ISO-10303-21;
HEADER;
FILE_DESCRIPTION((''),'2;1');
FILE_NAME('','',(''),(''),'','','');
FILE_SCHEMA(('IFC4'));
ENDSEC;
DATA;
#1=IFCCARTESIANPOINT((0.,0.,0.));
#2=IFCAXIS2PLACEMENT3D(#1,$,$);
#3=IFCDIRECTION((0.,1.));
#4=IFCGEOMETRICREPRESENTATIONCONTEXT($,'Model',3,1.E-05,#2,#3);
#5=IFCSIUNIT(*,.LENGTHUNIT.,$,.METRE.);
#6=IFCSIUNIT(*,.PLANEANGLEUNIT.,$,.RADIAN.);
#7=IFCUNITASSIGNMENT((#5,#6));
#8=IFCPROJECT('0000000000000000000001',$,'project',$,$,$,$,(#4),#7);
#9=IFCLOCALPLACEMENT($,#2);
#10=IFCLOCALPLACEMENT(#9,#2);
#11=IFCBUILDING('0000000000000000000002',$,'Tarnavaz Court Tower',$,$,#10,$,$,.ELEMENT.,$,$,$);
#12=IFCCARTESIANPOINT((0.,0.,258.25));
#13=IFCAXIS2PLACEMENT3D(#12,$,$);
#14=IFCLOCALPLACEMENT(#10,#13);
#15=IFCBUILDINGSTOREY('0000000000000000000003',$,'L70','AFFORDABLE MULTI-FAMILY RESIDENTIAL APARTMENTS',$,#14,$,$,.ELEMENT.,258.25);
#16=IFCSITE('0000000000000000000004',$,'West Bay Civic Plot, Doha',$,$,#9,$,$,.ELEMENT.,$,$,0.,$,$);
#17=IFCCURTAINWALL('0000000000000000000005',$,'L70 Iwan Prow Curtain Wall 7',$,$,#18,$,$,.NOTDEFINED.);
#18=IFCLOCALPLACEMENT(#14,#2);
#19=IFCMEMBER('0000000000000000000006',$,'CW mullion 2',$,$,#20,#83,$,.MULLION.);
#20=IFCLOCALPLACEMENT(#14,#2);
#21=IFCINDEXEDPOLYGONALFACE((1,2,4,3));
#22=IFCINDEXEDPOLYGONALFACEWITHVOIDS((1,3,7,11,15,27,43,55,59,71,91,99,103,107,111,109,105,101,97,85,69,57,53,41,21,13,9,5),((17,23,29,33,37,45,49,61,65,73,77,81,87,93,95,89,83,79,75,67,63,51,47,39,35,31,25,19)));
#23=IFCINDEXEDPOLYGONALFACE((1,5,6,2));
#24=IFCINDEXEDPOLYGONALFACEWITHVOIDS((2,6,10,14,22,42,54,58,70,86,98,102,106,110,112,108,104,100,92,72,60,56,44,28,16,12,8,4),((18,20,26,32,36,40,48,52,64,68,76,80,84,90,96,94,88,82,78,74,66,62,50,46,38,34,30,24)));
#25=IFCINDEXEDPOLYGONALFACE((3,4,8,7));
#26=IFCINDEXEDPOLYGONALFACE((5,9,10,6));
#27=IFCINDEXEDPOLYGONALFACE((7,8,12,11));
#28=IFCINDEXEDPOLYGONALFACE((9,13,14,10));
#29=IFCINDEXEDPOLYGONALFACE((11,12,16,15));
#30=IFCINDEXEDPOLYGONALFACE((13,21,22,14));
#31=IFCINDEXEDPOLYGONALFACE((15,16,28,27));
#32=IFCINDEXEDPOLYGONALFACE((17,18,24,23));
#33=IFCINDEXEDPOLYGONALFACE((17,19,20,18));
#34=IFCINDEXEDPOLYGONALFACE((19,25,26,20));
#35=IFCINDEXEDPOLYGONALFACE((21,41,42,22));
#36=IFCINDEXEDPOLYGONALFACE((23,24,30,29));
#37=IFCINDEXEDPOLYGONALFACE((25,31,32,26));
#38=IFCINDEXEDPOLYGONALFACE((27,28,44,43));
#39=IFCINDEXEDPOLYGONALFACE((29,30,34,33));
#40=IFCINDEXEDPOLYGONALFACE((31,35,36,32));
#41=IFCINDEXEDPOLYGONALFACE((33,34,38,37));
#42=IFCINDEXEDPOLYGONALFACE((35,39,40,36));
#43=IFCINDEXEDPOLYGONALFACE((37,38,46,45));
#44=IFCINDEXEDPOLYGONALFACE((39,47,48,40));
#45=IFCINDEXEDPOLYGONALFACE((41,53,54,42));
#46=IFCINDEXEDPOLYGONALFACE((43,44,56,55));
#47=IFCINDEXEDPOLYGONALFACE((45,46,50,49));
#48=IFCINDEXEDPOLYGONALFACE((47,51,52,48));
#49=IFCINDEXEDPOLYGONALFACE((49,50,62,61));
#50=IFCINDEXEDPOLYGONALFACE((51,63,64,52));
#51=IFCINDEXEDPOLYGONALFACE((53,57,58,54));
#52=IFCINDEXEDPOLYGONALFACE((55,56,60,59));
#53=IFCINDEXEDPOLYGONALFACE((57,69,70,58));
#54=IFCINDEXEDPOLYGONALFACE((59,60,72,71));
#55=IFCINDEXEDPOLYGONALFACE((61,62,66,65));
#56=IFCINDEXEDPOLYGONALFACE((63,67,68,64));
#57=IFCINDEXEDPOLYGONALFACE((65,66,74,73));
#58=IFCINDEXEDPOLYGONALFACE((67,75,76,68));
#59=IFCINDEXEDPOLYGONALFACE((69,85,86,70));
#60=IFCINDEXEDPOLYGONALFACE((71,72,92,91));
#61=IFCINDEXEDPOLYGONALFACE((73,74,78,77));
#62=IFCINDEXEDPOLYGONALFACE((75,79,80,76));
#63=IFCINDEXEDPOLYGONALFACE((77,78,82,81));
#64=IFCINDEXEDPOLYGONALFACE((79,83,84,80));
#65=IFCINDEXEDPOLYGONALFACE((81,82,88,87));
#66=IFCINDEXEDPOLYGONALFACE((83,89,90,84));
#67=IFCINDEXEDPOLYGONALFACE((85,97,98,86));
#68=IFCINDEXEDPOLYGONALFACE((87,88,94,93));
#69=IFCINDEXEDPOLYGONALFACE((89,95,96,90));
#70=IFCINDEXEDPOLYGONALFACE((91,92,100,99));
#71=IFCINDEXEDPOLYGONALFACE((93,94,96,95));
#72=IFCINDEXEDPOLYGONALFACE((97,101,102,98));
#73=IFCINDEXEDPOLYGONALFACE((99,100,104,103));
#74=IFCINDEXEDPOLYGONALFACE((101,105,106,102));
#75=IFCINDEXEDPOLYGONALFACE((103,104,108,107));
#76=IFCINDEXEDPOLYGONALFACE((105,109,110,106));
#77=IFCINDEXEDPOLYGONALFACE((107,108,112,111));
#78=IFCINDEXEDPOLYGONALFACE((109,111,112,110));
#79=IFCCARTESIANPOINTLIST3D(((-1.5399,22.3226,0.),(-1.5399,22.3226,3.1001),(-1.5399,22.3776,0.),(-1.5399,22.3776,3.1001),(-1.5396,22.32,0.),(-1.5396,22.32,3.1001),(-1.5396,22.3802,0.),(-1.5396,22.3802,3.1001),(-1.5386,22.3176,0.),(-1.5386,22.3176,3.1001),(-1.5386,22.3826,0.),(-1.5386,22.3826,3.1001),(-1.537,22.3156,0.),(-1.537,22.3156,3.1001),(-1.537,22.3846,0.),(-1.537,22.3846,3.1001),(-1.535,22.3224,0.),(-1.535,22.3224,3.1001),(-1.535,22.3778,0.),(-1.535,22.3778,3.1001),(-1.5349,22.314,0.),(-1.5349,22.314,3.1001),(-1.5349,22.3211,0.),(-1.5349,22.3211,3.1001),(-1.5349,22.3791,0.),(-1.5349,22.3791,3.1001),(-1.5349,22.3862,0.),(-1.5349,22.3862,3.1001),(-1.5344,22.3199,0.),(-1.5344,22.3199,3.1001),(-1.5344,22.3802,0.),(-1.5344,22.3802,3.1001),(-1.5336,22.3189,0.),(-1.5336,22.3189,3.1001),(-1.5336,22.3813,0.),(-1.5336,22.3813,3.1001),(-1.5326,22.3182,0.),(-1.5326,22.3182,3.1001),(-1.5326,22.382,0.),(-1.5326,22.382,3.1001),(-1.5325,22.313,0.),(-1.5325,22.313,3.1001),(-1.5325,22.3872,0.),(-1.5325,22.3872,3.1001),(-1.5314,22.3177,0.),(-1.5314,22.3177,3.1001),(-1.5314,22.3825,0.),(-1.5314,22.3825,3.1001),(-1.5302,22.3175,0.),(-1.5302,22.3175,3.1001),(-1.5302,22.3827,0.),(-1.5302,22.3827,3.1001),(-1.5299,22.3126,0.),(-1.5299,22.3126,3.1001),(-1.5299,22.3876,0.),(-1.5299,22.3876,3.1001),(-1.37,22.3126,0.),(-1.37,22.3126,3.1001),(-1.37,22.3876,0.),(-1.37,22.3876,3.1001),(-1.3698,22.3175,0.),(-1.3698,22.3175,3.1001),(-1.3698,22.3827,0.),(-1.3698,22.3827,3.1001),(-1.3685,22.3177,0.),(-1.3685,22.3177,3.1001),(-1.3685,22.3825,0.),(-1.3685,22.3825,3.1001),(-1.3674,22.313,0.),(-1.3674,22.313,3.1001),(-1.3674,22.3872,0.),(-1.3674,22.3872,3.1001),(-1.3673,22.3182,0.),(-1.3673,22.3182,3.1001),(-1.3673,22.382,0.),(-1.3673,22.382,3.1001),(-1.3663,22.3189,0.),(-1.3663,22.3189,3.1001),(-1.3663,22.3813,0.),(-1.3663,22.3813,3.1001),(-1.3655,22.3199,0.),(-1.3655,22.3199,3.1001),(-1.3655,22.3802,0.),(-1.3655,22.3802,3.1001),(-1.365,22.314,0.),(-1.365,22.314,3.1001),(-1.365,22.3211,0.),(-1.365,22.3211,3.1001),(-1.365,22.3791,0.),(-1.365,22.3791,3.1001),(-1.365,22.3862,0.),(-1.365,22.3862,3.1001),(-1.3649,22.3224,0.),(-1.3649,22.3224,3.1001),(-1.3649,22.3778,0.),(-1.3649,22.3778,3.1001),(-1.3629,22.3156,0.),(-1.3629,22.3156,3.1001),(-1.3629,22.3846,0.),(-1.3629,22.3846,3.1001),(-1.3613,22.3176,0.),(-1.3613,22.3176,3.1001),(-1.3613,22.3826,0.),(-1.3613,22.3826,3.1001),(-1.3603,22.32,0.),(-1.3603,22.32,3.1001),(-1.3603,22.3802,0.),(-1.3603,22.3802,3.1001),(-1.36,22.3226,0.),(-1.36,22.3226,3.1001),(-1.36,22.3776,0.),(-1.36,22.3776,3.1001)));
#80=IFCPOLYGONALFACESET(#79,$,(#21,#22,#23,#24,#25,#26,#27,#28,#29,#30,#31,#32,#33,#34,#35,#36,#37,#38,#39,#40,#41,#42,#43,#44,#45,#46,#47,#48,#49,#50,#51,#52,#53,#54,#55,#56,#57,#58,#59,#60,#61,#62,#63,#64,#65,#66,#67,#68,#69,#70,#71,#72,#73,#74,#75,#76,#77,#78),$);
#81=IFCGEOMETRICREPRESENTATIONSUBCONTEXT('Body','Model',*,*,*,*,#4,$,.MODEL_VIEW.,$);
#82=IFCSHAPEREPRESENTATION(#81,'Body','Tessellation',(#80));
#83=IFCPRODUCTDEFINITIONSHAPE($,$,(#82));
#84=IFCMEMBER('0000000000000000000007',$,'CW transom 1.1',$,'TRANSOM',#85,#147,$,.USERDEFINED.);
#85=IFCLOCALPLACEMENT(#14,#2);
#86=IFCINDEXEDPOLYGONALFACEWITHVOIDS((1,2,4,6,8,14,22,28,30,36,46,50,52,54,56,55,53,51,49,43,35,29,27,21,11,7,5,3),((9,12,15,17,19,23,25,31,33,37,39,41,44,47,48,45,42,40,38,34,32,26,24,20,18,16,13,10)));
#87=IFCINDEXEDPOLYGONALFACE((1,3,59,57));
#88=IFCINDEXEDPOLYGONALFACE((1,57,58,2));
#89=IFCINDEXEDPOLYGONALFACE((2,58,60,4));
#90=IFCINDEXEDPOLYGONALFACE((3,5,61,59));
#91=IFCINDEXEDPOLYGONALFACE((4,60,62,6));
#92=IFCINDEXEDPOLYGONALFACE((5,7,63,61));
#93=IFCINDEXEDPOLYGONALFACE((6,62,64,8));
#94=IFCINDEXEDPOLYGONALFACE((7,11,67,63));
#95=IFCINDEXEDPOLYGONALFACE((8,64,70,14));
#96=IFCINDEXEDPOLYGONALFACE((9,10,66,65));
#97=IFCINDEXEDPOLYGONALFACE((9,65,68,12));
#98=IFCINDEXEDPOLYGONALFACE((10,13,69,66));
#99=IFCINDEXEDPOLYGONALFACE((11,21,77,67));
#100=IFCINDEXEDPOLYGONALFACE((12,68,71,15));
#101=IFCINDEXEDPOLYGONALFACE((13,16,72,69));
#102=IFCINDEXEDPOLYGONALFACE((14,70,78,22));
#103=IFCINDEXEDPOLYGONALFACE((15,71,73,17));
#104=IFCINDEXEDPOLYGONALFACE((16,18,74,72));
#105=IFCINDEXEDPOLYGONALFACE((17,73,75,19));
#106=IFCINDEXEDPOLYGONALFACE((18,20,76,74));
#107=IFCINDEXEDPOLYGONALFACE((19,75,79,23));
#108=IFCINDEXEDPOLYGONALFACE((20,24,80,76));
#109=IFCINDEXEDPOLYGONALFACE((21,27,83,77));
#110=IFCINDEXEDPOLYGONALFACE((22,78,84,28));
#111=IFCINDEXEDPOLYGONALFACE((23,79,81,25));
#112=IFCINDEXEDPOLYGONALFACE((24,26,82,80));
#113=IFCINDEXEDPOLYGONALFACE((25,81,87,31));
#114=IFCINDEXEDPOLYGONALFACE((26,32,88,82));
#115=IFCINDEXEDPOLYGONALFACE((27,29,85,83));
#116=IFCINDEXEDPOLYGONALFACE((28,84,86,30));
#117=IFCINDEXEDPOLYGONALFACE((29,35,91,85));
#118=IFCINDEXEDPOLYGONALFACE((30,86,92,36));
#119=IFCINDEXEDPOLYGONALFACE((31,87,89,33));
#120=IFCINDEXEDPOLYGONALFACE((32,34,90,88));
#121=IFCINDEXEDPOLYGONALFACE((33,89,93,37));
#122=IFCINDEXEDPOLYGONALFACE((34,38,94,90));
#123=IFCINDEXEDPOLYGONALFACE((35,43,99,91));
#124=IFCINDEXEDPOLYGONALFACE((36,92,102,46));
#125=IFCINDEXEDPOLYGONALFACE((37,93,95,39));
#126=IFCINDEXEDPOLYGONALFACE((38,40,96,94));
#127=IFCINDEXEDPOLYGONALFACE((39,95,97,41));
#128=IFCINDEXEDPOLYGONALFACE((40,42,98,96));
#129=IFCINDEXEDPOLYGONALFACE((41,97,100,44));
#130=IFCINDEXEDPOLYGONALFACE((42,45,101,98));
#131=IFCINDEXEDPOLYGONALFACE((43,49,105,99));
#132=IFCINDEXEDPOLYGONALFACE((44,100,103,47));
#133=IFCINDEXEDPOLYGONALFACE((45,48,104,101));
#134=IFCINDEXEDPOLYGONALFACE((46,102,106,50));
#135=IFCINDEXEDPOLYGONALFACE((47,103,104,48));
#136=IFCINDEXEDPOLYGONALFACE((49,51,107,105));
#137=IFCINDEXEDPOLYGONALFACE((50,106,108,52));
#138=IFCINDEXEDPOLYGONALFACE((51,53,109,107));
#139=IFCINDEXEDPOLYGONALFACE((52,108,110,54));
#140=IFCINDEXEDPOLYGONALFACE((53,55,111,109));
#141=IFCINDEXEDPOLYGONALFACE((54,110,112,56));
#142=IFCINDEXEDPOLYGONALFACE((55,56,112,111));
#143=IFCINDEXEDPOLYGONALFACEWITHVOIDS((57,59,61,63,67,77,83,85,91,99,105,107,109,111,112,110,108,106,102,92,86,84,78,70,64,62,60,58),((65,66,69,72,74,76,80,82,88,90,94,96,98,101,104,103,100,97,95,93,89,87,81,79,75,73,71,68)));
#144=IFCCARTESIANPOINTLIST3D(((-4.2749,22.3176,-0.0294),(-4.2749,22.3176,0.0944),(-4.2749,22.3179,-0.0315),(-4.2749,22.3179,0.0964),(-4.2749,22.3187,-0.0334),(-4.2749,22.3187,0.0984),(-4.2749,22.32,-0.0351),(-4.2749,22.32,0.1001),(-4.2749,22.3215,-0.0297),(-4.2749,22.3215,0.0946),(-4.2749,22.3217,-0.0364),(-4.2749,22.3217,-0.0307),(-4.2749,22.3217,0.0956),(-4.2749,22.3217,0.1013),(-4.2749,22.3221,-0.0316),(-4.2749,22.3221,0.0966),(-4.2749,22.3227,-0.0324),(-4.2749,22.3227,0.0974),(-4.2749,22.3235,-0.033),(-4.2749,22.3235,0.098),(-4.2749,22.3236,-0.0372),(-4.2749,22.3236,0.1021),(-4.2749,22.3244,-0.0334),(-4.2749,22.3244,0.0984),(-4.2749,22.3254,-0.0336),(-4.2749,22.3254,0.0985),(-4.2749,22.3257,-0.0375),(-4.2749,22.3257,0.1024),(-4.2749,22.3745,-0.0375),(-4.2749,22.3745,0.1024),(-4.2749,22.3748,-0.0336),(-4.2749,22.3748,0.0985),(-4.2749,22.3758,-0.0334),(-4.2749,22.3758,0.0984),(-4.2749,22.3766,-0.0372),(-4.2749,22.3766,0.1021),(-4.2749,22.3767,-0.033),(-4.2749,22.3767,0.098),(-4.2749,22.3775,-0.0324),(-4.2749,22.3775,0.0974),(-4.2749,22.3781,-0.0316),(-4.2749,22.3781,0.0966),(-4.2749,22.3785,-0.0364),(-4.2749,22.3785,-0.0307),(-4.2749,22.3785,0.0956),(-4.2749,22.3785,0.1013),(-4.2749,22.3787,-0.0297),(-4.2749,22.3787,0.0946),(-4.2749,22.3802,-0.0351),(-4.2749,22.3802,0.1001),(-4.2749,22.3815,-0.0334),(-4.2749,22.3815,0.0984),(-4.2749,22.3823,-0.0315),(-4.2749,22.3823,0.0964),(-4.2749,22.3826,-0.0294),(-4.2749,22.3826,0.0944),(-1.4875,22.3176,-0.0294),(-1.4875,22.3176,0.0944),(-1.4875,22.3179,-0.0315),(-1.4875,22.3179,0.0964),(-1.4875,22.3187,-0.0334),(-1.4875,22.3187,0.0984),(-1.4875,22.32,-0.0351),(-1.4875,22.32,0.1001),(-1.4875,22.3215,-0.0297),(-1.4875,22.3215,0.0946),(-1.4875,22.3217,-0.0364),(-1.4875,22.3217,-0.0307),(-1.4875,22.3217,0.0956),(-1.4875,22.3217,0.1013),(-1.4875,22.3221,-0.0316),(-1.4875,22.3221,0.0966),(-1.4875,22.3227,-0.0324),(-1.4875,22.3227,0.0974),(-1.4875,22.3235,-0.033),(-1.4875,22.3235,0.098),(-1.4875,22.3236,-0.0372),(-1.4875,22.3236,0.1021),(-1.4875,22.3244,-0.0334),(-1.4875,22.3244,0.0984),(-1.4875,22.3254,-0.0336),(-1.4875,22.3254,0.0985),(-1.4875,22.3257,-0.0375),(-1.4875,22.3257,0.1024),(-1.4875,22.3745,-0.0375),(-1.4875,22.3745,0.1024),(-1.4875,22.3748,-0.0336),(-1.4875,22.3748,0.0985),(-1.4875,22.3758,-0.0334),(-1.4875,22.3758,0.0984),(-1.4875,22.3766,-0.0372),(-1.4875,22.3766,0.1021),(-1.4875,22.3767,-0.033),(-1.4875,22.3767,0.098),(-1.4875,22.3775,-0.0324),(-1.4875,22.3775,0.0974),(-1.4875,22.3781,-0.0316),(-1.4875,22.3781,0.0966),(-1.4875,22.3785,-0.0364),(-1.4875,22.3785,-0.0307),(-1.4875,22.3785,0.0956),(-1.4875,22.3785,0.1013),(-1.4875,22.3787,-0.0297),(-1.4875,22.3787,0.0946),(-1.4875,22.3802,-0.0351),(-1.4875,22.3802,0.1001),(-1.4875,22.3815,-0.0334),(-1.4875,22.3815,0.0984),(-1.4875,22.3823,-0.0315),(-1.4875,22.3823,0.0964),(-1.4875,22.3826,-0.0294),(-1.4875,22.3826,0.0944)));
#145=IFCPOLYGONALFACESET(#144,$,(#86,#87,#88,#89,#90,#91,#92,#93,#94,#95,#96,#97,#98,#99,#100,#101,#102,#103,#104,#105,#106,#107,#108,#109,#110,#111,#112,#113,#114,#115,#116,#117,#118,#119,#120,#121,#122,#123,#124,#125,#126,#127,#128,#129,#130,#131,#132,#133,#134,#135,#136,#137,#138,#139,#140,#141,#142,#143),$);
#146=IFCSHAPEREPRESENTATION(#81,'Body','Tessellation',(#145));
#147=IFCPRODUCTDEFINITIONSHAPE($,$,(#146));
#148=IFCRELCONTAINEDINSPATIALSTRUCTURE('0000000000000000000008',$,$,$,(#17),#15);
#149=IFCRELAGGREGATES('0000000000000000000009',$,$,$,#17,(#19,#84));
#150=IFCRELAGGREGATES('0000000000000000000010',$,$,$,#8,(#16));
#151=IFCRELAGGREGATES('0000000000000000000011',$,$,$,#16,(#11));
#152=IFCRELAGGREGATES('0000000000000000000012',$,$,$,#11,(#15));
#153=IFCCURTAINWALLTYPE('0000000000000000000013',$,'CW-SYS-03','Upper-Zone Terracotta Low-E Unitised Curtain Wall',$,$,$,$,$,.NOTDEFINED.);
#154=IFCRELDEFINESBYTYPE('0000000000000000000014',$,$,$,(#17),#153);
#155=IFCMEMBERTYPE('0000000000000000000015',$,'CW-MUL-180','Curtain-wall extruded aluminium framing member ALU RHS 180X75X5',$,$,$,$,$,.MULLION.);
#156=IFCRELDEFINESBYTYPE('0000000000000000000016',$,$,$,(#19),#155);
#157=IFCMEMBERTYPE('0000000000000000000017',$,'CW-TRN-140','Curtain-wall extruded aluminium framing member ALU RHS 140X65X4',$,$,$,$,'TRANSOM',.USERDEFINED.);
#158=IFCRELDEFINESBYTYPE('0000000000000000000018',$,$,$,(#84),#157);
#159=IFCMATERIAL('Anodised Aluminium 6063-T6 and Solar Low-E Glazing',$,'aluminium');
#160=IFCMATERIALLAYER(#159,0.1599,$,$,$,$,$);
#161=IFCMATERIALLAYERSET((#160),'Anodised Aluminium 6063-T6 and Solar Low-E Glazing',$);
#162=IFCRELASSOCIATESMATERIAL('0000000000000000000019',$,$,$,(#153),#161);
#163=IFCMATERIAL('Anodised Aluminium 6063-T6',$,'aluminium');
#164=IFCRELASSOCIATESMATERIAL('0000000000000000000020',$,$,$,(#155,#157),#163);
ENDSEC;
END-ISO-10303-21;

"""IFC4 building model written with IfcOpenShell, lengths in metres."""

from ifc_helpers import new_model, si_unit, direction, frame, origin, origin_2d, place, context, subcontext, project, spatial, hollow_rectangle, extrude, material, layer, layer_set, material_profile, profile_set, type_object, element, aggregate, save


model = new_model("IFC4")

# Units and contexts
model_context = context("Model", 3, precision=1e-05, world=origin(), true_north=direction((0.0, 1.0)))
body_context = subcontext(model_context, "Body", "Model", "MODEL_VIEW")
ifc_project = project(units=[si_unit("LENGTHUNIT", "METRE"), si_unit("PLANEANGLEUNIT", "RADIAN")], contexts=[model_context])

# Site, building, storey
site_placement = place(None, origin())
site = spatial("IfcSite", under=ifc_project, at=site_placement, Name="West Bay Civic Plot, Doha", CompositionType="ELEMENT", RefElevation=0.0)
building_placement = place(site_placement, origin())
building = spatial("IfcBuilding", under=site, at=building_placement, Name="Tarnavaz Court Tower", CompositionType="ELEMENT")
storey_placement = place(building_placement, frame((0.0, 0.0, 258.25)))
storey = spatial("IfcBuildingStorey", under=building, at=storey_placement, Name="L70", Description="AFFORDABLE MULTI-FAMILY RESIDENTIAL APARTMENTS", CompositionType="ELEMENT", Elevation=258.25)

# Curtain wall, members
ifc_material_1 = material(Name="Anodised Aluminium 6063-T6 and Solar Low-E Glazing", Category="aluminium")
ifc_layer_1 = layer(ifc_material_1, 0.1599)
ifc_layer_set_1 = layer_set([ifc_layer_1], Name="Anodised Aluminium 6063-T6 and Solar Low-E Glazing")
curtain_wall_type = type_object("IfcCurtainWallType", Name="CW-SYS-03", Description="Upper-Zone Terracotta Low-E Unitised Curtain Wall", PredefinedType="NOTDEFINED", material=ifc_layer_set_1)
curtain_wall_placement = place(storey_placement, origin())
curtain_wall = element("IfcCurtainWall", 1, at=curtain_wall_placement, inside=storey, type_object=curtain_wall_type, Name="L70 Iwan Prow Curtain Wall 7", PredefinedType="NOTDEFINED")
ifc_material_2 = material(Name="Anodised Aluminium 6063-T6", Category="aluminium")
ifc_material_profile_1 = material_profile(ifc_material_2, hollow_rectangle(XDim=0.075, YDim=0.1799, WallThickness=0.0049, InnerFilletRadius=0.0049, OuterFilletRadius=0.01, at=origin_2d()), Name="ALU RHS 180X75X5")
ifc_profile_set_1 = profile_set([ifc_material_profile_1], Name="Anodised Aluminium 6063-T6")
member_type_1 = type_object("IfcMemberType", Name="CW-MUL-180", Description="Curtain-wall extruded aluminium framing member ALU RHS 180X75X5", PredefinedType="MULLION", material=ifc_profile_set_1)
member_1_placement = place(storey_placement, frame((-1.45, 22.3501, 0.0), z_axis=(0.0, 0.0, 1.0), x_axis=(0.0, 1.0, 0.0)))
member_1 = element("IfcMember", 2, at=member_1_placement, type_object=member_type_1, Name="CW mullion 2", PredefinedType="MULLION", context=body_context, shape_type="SweptSolid", body=[
    extrude(hollow_rectangle(XDim=0.075, YDim=0.1799, WallThickness=0.0049, InnerFilletRadius=0.0049, OuterFilletRadius=0.01, at=origin_2d()), origin(), (0.0, 0.0, 1.0), 3.1001),
])
ifc_material_profile_2 = material_profile(ifc_material_2, hollow_rectangle(XDim=0.0649, YDim=0.1399, WallThickness=0.0039, InnerFilletRadius=0.0039, OuterFilletRadius=0.0081, at=origin_2d()), Name="ALU RHS 140X65X4")
ifc_profile_set_2 = profile_set([ifc_material_profile_2], Name="Anodised Aluminium 6063-T6")
member_type_2 = type_object("IfcMemberType", Name="CW-TRN-140", Description="Curtain-wall extruded aluminium framing member ALU RHS 140X65X4", ElementType="TRANSOM", PredefinedType="USERDEFINED", material=ifc_profile_set_2)
member_2_placement = place(storey_placement, frame((-4.2749, 22.3501, 0.0325), z_axis=(1.0, 0.0, 0.0), x_axis=(0.0, 1.0, 0.0)))
member_2 = element("IfcMember", 3, at=member_2_placement, type_object=member_type_2, Name="CW transom 1.1", ObjectType="TRANSOM", PredefinedType="USERDEFINED", context=body_context, shape_type="SweptSolid", body=[
    extrude(hollow_rectangle(XDim=0.0649, YDim=0.1399, WallThickness=0.0039, InnerFilletRadius=0.0039, OuterFilletRadius=0.0081, at=origin_2d()), origin(), (0.0, 0.0, 1.0), 2.7874),
])
aggregate(curtain_wall, [member_1, member_2])

save(model, "model.ifc")
